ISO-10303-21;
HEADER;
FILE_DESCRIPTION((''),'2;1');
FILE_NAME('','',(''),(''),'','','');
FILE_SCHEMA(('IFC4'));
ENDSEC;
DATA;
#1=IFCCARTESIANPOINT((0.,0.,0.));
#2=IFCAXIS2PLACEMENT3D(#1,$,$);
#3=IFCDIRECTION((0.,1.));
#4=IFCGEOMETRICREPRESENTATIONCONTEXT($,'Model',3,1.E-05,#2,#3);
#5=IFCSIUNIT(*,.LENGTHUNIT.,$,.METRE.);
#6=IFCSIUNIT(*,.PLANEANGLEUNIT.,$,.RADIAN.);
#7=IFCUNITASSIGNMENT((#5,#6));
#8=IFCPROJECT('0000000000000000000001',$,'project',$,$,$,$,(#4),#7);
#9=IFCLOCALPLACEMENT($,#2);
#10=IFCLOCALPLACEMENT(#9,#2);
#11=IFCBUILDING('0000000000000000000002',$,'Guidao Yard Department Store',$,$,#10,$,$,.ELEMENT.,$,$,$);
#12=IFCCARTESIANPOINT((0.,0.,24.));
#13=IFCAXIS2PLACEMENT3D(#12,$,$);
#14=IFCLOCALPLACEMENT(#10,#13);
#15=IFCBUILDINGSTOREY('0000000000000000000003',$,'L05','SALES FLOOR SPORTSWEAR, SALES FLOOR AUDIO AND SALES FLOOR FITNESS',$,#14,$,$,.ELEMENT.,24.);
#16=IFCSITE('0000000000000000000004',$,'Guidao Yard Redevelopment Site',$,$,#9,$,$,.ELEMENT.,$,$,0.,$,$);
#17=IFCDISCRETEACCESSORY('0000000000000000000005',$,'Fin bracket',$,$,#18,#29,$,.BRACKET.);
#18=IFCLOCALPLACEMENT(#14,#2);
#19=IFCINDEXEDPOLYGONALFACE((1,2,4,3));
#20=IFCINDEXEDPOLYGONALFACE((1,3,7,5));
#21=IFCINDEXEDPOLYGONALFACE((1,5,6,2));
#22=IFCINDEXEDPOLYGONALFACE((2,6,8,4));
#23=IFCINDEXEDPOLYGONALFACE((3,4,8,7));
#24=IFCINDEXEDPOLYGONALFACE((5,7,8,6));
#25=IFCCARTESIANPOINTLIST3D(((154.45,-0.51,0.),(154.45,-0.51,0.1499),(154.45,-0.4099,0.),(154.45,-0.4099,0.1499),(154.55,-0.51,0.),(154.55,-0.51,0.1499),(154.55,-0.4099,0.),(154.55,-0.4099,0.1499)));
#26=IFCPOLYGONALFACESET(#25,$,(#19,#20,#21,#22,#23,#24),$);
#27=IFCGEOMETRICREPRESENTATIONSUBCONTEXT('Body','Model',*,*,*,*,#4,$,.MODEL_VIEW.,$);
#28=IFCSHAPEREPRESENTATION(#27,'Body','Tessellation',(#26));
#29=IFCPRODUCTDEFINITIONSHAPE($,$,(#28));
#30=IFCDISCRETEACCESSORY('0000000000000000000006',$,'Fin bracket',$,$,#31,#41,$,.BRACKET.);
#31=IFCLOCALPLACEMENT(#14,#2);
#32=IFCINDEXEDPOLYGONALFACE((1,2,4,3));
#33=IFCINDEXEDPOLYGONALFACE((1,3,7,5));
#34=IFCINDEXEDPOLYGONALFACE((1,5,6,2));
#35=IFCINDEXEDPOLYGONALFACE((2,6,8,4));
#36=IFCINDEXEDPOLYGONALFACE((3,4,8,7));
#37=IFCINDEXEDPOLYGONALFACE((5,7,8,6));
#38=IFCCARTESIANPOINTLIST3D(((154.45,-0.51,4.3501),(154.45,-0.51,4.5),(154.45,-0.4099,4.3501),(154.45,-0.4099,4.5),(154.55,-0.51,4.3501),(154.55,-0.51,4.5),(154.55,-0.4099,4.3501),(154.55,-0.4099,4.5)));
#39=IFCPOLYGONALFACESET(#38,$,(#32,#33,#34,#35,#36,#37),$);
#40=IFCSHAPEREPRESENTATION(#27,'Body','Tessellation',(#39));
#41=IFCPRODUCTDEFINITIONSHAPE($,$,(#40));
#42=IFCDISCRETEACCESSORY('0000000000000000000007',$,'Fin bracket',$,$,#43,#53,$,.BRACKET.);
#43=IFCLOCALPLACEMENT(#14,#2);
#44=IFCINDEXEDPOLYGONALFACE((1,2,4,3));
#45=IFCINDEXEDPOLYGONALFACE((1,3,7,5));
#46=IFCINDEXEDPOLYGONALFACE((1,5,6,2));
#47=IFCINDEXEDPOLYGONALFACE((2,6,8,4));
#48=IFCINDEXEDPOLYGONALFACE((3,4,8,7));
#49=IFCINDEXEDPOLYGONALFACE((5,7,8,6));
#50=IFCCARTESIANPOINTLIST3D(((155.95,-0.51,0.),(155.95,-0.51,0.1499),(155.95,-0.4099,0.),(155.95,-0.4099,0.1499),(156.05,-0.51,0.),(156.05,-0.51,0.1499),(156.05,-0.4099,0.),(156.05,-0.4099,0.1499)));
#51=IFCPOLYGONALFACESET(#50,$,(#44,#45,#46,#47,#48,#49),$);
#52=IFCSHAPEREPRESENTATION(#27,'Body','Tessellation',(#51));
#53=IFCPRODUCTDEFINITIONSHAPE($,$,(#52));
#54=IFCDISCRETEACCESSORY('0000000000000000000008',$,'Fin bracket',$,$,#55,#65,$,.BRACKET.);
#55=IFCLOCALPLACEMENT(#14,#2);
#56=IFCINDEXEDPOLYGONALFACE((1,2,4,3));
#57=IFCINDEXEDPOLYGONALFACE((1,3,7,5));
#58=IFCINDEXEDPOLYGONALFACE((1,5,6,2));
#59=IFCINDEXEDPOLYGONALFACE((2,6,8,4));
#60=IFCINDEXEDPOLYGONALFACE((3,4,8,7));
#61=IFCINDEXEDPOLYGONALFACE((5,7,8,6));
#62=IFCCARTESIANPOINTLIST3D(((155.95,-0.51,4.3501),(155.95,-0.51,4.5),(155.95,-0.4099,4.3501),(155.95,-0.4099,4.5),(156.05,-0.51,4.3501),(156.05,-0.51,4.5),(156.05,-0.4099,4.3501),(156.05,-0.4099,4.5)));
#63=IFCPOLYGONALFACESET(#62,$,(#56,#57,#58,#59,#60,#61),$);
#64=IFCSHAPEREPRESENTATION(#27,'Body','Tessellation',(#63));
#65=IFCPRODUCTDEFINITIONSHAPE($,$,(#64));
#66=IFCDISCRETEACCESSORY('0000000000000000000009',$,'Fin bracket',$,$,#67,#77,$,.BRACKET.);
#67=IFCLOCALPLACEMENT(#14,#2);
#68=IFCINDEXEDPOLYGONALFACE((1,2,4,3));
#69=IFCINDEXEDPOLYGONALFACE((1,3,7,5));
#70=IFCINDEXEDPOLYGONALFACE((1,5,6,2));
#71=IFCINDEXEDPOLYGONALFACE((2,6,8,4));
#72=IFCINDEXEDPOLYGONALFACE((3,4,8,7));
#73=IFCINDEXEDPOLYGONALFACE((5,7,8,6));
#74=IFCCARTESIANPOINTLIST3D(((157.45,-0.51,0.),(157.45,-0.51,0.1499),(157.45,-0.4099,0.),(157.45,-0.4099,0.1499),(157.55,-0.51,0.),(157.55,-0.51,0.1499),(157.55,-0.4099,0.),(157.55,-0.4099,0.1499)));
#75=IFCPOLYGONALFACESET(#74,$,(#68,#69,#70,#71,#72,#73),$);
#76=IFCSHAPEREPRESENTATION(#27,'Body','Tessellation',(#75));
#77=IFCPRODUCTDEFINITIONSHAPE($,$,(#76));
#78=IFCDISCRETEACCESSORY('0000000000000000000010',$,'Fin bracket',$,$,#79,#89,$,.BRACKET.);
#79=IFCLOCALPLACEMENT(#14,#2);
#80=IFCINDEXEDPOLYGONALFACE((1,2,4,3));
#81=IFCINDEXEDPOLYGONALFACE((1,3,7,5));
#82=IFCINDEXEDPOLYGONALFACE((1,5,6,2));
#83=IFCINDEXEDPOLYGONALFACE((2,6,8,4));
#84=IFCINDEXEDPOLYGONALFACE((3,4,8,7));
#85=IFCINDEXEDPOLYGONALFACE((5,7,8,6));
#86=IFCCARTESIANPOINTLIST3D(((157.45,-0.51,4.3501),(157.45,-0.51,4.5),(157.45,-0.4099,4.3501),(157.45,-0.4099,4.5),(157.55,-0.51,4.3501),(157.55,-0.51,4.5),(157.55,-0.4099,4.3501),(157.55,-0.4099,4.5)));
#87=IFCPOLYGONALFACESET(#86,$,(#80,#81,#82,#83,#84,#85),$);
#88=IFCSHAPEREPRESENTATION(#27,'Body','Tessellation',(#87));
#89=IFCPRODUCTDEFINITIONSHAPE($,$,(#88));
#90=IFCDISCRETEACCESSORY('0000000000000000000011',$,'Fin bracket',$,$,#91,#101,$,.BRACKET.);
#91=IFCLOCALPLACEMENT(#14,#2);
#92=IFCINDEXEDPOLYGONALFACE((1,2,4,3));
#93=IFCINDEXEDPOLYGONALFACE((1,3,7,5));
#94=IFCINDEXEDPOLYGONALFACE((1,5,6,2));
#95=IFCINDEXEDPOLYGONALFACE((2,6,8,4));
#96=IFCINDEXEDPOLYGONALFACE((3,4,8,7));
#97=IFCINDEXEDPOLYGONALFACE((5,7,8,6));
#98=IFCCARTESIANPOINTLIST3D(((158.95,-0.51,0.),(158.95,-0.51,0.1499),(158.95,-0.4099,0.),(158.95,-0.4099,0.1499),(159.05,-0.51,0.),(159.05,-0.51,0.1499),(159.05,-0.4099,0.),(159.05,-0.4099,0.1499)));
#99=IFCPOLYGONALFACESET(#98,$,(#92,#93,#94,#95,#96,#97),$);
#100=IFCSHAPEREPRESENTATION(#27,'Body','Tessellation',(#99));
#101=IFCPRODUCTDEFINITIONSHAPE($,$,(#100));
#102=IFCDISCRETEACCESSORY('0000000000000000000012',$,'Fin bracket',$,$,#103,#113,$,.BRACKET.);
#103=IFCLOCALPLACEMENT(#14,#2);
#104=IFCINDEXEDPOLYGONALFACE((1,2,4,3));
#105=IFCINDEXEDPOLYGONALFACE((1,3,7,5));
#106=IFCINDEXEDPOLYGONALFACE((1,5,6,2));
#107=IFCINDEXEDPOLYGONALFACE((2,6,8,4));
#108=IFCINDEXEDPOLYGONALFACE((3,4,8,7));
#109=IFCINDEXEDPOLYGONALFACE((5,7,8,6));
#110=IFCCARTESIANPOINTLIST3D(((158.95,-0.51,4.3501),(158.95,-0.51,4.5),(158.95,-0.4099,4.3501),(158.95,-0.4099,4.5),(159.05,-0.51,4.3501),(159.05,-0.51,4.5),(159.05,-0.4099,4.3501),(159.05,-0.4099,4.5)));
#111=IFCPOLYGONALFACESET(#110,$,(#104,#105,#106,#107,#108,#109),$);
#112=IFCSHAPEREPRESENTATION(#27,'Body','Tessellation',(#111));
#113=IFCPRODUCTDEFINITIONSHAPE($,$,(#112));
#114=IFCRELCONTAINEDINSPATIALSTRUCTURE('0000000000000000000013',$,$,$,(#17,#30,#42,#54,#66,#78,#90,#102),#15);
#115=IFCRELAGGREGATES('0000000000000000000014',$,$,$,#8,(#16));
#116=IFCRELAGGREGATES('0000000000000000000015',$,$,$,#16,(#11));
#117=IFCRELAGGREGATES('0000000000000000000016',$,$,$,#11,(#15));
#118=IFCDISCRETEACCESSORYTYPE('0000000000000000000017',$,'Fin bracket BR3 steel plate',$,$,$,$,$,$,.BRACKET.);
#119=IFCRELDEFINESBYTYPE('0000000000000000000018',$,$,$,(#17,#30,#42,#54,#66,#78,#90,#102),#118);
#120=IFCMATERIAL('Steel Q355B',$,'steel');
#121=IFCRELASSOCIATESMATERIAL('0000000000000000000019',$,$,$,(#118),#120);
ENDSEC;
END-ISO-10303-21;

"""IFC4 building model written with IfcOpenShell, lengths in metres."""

from ifc_helpers import new_model, si_unit, direction, frame, origin, origin_2d, place, context, subcontext, project, spatial, rectangle, extrude, material, type_object, element, save


model = new_model("IFC4")

# Units and contexts
model_context = context("Model", 3, precision=1e-05, world=origin(), true_north=direction((0.0, 1.0)))
body_context = subcontext(model_context, "Body", "Model", "MODEL_VIEW")
ifc_project = project(units=[si_unit("LENGTHUNIT", "METRE"), si_unit("PLANEANGLEUNIT", "RADIAN")], contexts=[model_context])

# Site, building, storey
site_placement = place(None, origin())
site = spatial("IfcSite", under=ifc_project, at=site_placement, Name="Guidao Yard Redevelopment Site", CompositionType="ELEMENT", RefElevation=0.0)
building_placement = place(site_placement, origin())
building = spatial("IfcBuilding", under=site, at=building_placement, Name="Guidao Yard Department Store", CompositionType="ELEMENT")
storey_placement = place(building_placement, frame((0.0, 0.0, 24.0)))
storey = spatial("IfcBuildingStorey", under=building, at=storey_placement, Name="L05", Description="SALES FLOOR SPORTSWEAR, SALES FLOOR AUDIO AND SALES FLOOR FITNESS", CompositionType="ELEMENT", Elevation=24.0)

# Discrete accessories
ifc_material_1 = material(Name="Steel Q355B", Category="steel")
discrete_accessory_type = type_object("IfcDiscreteAccessoryType", Name="Fin bracket BR3 steel plate", PredefinedType="BRACKET", material=ifc_material_1)
for number, where, z_axis, x_axis, name in (
    (1, (154.5, -0.46, 0.0), (0.0, 0.0, 1.0), (-1.0, 0.0, 0.0), "Fin bracket"),
    (2, (154.5, -0.46, 4.3501), (0.0, 0.0, 1.0), (-1.0, 0.0, 0.0), "Fin bracket"),
    (3, (156.0, -0.46, 0.0), (0.0, 0.0, 1.0), (-1.0, 0.0, 0.0), "Fin bracket"),
    (4, (156.0, -0.46, 4.3501), (0.0, 0.0, 1.0), (-1.0, 0.0, 0.0), "Fin bracket"),
    (5, (157.5, -0.46, 0.0), (0.0, 0.0, 1.0), (-1.0, 0.0, 0.0), "Fin bracket"),
    (6, (157.5, -0.46, 4.3501), (0.0, 0.0, 1.0), (-1.0, 0.0, 0.0), "Fin bracket"),
    (7, (159.0, -0.46, 0.0), (0.0, 0.0, 1.0), (-1.0, 0.0, 0.0), "Fin bracket"),
    (8, (159.0, -0.46, 4.3501), (0.0, 0.0, 1.0), (-1.0, 0.0, 0.0), "Fin bracket"),
):
    element("IfcDiscreteAccessory", number, at=place(storey_placement, frame(where, z_axis=z_axis, x_axis=x_axis)), inside=storey, type_object=discrete_accessory_type, Name=name, PredefinedType="BRACKET", context=body_context, shape_type="SweptSolid", body=[
        extrude(rectangle(XDim=0.1001, YDim=0.1001, at=origin_2d()), origin(), (0.0, 0.0, 1.0), 0.1499),
    ])

save(model, "model.ifc")
